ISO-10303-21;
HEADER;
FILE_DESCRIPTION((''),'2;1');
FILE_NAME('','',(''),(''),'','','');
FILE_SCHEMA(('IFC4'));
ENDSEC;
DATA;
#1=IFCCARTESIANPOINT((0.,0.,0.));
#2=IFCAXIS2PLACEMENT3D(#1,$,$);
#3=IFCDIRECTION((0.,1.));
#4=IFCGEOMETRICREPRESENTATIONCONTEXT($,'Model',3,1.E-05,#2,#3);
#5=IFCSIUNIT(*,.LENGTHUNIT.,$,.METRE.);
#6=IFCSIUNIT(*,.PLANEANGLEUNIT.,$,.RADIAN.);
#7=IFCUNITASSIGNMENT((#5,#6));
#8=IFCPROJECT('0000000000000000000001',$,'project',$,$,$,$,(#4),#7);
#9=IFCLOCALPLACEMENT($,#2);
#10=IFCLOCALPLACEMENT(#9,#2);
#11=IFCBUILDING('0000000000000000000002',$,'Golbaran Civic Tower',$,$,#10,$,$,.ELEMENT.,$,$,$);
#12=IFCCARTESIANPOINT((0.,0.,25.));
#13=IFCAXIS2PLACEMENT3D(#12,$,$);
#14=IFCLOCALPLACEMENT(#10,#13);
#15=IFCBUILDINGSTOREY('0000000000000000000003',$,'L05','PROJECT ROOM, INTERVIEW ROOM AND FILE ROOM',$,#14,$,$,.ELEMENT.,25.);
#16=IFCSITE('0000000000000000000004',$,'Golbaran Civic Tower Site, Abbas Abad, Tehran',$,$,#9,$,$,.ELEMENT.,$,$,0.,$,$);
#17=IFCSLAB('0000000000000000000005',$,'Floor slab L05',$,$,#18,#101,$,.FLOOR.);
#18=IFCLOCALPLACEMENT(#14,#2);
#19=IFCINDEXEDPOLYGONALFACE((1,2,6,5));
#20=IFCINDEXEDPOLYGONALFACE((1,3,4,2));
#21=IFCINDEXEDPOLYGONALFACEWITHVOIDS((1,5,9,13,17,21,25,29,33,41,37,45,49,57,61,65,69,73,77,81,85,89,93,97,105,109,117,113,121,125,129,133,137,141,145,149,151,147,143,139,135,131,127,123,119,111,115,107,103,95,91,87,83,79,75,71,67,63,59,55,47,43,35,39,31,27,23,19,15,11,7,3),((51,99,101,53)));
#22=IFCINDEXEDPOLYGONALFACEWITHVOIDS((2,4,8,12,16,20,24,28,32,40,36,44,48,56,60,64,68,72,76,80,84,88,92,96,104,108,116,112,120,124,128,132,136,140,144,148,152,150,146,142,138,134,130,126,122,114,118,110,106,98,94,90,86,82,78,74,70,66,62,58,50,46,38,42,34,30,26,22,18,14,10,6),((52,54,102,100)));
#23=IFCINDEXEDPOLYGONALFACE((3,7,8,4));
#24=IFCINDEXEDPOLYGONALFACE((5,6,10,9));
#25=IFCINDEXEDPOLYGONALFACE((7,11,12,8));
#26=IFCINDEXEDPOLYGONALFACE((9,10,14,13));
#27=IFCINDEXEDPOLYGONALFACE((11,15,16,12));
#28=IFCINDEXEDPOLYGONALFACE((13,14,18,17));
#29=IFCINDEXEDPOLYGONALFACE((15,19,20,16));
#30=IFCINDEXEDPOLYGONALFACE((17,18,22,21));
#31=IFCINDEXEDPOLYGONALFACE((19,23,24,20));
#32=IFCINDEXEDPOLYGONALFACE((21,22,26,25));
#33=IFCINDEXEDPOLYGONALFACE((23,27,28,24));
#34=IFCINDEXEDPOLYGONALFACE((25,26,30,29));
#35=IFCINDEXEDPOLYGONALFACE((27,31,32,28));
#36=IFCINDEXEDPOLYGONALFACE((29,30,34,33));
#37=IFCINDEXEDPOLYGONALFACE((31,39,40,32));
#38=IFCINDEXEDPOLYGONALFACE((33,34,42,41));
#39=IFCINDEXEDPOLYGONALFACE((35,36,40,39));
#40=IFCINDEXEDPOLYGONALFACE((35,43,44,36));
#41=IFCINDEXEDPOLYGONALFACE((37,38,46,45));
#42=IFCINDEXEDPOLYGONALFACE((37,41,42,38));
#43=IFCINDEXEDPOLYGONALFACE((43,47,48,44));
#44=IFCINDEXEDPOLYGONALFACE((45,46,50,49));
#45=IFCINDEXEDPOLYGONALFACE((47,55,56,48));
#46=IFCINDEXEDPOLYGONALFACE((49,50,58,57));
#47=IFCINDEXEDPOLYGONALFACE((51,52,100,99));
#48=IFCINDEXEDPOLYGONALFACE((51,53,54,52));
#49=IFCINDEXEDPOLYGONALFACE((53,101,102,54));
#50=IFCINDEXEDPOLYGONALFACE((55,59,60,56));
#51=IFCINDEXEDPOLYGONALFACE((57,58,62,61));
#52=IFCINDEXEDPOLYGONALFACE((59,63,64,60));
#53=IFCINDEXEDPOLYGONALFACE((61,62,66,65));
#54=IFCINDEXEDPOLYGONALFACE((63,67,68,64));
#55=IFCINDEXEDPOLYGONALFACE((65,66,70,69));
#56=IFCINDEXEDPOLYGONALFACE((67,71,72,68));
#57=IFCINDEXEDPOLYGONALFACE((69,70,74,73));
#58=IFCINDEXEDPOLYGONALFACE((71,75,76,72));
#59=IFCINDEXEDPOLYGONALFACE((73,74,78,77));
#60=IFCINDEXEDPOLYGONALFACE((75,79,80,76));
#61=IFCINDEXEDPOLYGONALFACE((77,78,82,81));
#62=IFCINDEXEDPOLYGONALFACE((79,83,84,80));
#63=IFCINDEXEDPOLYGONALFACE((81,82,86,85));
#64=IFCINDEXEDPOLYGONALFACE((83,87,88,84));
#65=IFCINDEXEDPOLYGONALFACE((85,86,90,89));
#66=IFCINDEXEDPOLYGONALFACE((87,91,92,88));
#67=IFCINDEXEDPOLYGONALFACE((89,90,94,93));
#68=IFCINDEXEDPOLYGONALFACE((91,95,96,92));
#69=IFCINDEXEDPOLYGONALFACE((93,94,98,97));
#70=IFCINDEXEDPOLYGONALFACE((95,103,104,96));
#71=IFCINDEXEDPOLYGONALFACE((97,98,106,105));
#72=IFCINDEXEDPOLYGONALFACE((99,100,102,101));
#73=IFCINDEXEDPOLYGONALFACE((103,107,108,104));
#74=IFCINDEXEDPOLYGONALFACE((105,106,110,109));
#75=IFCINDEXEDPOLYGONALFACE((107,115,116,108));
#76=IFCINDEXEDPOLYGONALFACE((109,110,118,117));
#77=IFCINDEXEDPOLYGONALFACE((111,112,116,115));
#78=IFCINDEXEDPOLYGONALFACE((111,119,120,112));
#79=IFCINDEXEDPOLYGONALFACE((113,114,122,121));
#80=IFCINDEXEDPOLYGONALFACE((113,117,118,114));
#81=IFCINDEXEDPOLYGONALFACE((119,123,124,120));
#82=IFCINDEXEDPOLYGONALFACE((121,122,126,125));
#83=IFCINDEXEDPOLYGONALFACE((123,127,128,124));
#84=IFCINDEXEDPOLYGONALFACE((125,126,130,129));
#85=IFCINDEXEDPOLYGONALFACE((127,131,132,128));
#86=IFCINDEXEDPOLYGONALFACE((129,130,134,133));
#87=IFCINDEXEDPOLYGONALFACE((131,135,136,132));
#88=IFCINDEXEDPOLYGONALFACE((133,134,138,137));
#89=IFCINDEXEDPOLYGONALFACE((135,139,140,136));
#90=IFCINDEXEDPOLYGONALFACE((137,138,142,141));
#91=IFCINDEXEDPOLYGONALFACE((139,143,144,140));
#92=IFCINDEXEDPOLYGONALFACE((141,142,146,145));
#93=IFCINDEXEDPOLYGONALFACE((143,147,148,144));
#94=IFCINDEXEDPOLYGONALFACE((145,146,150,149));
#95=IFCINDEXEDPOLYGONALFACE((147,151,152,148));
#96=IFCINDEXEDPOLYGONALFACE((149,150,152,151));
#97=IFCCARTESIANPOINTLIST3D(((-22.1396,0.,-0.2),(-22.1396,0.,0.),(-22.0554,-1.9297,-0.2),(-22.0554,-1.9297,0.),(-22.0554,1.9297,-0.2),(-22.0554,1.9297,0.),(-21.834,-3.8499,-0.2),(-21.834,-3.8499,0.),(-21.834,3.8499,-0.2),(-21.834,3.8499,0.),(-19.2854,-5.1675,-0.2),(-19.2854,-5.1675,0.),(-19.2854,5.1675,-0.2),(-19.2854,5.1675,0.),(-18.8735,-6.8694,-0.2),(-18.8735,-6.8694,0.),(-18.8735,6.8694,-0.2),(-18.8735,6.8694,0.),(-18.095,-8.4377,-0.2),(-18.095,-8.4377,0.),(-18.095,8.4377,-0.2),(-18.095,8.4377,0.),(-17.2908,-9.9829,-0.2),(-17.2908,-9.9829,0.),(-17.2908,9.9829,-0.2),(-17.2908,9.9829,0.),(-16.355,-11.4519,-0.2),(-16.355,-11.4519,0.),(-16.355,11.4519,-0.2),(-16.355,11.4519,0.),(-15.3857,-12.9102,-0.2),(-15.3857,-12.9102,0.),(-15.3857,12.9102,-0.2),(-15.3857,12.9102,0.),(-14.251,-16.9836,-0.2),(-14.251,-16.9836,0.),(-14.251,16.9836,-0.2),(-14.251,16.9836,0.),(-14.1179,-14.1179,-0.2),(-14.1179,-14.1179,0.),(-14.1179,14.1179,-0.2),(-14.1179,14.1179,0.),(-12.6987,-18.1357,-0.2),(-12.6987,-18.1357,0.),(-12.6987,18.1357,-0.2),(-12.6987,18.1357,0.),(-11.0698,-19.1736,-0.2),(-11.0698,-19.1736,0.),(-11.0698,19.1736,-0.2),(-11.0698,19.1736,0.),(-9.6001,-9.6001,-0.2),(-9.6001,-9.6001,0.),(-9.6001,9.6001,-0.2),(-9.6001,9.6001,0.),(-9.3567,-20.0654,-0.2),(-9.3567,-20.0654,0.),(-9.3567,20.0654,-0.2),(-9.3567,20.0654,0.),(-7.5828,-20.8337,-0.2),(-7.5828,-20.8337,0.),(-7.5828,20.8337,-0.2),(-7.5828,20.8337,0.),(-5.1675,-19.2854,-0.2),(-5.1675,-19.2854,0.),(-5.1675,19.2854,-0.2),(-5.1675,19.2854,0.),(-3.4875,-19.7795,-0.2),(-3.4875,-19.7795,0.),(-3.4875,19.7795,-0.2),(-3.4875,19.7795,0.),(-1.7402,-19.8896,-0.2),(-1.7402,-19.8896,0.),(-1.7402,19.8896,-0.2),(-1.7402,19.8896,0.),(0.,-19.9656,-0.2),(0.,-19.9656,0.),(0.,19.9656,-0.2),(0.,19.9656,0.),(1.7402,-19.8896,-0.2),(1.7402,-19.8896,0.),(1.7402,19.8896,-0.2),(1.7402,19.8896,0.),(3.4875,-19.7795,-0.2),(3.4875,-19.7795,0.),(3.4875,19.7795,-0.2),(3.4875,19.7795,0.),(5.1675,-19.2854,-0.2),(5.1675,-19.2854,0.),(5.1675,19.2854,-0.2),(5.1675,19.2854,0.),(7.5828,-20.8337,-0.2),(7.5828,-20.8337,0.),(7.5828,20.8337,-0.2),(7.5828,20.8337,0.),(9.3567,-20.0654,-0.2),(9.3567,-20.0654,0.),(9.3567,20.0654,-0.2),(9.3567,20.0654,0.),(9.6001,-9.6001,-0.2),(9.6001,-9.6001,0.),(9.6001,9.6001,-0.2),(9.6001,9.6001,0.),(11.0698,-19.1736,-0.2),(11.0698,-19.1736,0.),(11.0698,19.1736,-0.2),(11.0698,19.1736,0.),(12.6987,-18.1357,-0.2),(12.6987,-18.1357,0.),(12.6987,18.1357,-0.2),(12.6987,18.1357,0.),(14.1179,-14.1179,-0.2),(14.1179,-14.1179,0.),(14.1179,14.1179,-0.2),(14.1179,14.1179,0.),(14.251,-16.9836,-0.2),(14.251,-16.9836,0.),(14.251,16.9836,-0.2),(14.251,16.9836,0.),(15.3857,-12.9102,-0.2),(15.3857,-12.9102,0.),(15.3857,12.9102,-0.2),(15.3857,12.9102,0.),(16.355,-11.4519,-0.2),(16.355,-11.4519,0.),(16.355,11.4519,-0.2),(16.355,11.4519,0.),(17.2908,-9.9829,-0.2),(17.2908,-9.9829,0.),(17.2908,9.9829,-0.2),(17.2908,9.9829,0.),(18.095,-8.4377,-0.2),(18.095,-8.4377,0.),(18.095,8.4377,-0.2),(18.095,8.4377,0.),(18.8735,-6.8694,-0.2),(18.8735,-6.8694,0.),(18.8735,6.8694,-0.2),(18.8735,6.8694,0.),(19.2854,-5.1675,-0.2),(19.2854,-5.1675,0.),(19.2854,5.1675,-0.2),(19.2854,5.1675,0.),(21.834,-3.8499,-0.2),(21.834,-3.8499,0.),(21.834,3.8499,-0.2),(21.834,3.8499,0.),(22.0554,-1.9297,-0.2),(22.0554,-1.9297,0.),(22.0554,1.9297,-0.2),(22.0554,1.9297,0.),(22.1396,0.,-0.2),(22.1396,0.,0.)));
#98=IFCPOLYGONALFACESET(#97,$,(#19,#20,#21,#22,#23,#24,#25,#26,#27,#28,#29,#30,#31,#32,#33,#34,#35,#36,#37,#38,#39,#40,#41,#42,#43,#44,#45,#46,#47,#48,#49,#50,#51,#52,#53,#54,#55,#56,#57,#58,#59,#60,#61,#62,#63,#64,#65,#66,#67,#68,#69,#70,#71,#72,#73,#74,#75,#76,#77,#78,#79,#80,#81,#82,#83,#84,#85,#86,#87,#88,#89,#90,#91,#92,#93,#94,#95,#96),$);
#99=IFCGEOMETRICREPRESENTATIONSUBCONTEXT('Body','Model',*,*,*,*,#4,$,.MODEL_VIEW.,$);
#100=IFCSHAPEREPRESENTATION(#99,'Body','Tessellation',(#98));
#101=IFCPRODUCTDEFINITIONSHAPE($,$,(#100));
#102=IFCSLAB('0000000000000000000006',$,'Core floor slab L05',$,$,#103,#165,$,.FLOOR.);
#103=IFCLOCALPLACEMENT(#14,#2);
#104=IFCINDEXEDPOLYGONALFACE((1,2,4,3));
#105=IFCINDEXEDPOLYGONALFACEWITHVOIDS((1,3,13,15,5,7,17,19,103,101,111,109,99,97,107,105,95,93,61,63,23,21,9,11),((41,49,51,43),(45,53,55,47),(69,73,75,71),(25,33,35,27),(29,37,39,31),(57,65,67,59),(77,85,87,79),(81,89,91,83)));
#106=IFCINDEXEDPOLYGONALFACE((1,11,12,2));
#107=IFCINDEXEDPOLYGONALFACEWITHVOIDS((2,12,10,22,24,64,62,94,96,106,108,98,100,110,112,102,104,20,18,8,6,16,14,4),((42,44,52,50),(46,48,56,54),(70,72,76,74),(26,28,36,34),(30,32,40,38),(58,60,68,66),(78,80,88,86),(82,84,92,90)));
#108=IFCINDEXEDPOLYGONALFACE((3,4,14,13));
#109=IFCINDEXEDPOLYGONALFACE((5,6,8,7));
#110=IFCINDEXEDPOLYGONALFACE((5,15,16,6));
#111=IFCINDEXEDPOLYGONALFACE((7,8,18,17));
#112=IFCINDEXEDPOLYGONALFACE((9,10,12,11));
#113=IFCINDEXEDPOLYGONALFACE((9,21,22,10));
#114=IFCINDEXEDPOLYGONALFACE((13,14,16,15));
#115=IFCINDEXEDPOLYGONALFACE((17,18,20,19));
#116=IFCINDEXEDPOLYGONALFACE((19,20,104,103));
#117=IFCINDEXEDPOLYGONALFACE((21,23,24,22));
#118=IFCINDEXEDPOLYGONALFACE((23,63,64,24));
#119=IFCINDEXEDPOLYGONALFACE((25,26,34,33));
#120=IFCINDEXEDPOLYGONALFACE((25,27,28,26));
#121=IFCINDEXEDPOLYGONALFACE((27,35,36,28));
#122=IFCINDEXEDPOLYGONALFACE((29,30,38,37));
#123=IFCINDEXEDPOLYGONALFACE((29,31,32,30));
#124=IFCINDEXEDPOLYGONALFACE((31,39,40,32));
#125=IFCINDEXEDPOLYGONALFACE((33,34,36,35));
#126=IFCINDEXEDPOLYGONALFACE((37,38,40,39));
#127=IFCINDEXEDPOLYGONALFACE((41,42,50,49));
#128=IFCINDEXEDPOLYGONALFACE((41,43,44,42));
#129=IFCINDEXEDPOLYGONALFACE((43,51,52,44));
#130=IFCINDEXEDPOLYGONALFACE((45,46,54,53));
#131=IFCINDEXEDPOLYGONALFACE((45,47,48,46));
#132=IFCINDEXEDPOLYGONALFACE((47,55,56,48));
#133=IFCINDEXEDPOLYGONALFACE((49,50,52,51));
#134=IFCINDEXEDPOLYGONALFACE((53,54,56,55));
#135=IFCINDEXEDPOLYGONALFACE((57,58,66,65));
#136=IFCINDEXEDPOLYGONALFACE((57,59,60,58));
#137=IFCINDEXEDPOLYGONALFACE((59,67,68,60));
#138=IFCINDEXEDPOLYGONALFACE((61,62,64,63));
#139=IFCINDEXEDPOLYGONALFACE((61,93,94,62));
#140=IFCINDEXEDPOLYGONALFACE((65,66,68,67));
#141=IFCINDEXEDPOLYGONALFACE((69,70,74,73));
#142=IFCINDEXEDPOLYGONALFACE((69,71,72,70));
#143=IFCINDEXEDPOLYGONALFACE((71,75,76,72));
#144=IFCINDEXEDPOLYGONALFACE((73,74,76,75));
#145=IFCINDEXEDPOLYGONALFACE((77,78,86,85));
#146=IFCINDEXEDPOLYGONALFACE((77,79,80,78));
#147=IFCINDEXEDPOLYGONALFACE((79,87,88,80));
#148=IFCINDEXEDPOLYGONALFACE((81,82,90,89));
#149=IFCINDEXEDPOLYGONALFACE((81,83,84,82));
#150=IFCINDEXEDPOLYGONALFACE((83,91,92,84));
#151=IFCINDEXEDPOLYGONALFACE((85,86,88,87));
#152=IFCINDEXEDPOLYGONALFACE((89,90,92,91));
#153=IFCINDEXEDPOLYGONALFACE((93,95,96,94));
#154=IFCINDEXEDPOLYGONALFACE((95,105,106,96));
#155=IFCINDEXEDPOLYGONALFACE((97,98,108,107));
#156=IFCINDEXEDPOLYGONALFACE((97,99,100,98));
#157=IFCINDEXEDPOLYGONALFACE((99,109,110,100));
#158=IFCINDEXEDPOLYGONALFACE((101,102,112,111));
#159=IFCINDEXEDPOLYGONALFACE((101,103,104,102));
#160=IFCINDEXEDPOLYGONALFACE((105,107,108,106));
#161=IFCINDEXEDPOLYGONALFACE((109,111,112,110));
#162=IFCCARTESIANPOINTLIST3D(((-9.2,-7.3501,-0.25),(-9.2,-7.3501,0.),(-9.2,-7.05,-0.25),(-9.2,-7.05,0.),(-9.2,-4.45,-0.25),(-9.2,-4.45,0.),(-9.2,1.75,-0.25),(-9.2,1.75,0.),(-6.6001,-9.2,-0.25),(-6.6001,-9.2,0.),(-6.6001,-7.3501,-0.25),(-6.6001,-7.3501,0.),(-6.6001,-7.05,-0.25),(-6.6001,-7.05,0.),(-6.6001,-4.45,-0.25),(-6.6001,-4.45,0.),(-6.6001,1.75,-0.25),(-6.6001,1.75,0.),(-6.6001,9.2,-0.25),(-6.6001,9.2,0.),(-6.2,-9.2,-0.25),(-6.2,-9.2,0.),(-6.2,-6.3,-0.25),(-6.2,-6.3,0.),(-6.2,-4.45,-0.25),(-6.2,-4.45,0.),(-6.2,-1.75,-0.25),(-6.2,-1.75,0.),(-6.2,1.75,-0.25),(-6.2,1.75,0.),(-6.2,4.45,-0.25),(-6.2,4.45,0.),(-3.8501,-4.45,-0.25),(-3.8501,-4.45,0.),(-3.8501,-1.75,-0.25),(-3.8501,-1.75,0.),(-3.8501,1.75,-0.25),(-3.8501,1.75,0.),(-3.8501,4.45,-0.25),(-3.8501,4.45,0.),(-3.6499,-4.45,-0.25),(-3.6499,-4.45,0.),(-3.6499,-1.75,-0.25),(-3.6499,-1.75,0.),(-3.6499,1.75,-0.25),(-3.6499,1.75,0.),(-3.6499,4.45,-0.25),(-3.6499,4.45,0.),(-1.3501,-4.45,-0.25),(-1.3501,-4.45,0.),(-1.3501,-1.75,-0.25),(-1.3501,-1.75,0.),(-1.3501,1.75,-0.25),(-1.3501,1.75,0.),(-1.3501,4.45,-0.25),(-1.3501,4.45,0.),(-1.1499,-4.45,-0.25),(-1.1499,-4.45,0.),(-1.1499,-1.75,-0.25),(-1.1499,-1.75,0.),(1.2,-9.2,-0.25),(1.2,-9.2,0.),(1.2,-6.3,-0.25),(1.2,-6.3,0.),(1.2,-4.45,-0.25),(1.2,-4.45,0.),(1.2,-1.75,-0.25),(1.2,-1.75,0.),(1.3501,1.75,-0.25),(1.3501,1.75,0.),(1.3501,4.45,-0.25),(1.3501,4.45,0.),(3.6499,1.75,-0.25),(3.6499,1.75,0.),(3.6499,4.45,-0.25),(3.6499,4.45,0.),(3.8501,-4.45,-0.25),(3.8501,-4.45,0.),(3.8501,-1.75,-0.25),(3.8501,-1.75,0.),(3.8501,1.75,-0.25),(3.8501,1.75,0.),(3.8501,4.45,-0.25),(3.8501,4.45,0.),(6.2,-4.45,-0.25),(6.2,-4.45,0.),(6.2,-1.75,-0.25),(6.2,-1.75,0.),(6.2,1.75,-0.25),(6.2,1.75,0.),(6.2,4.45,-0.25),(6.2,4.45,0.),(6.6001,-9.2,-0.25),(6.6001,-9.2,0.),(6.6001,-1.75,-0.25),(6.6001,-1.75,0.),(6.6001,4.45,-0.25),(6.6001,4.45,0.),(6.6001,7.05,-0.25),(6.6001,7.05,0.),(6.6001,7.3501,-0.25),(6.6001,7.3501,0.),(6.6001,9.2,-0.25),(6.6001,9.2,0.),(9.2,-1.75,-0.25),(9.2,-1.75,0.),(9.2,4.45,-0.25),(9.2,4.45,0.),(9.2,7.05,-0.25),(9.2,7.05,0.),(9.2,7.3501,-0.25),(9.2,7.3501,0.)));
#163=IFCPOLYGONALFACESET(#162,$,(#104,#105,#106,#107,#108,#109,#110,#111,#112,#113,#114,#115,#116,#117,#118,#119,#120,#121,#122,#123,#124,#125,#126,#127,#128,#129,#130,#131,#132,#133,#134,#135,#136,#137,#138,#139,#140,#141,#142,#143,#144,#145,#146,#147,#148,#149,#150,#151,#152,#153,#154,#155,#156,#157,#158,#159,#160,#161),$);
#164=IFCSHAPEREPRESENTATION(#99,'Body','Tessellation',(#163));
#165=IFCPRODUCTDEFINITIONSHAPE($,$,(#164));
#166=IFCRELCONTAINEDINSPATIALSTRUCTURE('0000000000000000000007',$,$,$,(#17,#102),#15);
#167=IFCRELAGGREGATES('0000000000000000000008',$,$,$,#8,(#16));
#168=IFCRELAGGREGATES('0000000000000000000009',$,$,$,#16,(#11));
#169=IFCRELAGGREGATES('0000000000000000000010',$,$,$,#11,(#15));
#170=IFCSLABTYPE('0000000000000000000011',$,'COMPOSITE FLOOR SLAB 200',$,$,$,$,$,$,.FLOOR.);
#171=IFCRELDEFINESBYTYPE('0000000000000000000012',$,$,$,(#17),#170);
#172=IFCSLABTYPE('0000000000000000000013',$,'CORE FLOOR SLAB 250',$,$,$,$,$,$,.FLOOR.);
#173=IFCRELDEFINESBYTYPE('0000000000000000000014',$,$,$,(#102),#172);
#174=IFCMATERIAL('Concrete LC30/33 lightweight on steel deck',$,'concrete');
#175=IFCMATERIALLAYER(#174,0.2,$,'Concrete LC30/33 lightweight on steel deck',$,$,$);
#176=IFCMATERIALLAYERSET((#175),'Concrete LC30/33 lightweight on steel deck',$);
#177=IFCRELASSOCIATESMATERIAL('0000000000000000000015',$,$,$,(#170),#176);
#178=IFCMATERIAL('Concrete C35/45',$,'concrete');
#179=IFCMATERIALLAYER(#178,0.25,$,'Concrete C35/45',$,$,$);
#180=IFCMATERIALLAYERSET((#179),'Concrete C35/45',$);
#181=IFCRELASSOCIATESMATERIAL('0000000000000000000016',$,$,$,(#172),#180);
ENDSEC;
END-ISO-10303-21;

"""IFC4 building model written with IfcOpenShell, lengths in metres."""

from ifc_helpers import new_model, si_unit, direction, frame, origin, place, context, subcontext, project, spatial, polyline, outline, extrude, material, layer, layer_set, type_object, element, save


model = new_model("IFC4")

# Units and contexts
model_context = context("Model", 3, precision=1e-05, world=origin(), true_north=direction((0.0, 1.0)))
body_context = subcontext(model_context, "Body", "Model", "MODEL_VIEW")
ifc_project = project(units=[si_unit("LENGTHUNIT", "METRE"), si_unit("PLANEANGLEUNIT", "RADIAN")], contexts=[model_context])

# Site, building, storey
site_placement = place(None, origin())
site = spatial("IfcSite", under=ifc_project, at=site_placement, Name="Golbaran Civic Tower Site, Abbas Abad, Tehran", CompositionType="ELEMENT", RefElevation=0.0)
building_placement = place(site_placement, origin())
building = spatial("IfcBuilding", under=site, at=building_placement, Name="Golbaran Civic Tower", CompositionType="ELEMENT")
storey_placement = place(building_placement, frame((0.0, 0.0, 25.0)))
storey = spatial("IfcBuildingStorey", under=building, at=storey_placement, Name="L05", Description="PROJECT ROOM, INTERVIEW ROOM AND FILE ROOM", CompositionType="ELEMENT", Elevation=25.0)

# Slabs
ifc_material_1 = material(Name="Concrete LC30/33 lightweight on steel deck", Category="concrete")
ifc_layer_1 = layer(ifc_material_1, 0.2, Name="Concrete LC30/33 lightweight on steel deck")
ifc_layer_set_1 = layer_set([ifc_layer_1], Name="Concrete LC30/33 lightweight on steel deck")
slab_type_1 = type_object("IfcSlabType", Name="COMPOSITE FLOOR SLAB 200", PredefinedType="FLOOR", material=ifc_layer_set_1)
slab_1_placement = place(storey_placement, frame((0.0, 0.0, -0.2)))
element("IfcSlab", 1, at=slab_1_placement, inside=storey, type_object=slab_type_1, Name="Floor slab L05", PredefinedType="FLOOR", context=body_context, shape_type="SweptSolid", body=[
    extrude(outline(polyline([(21.834, -3.8499), (19.2854, -5.1675), (18.8735, -6.8694), (18.095, -8.4377), (17.2908, -9.9829), (16.355, -11.4519), (15.3857, -12.9102), (14.1179, -14.1179), (14.251, -16.9836), (12.6987, -18.1357), (11.0698, -19.1736), (9.3567, -20.0654), (7.5828, -20.8337), (5.1675, -19.2854), (3.4875, -19.7795), (1.7402, -19.8896), (0.0, -19.9656), (-1.7402, -19.8896), (-3.4875, -19.7795), (-5.1675, -19.2854), (-7.5828, -20.8337), (-9.3567, -20.0654), (-11.0698, -19.1736), (-12.6987, -18.1357), (-14.251, -16.9836), (-14.1179, -14.1179), (-15.3857, -12.9102), (-16.355, -11.4519), (-17.2908, -9.9829), (-18.095, -8.4377), (-18.8735, -6.8694), (-19.2854, -5.1675), (-21.834, -3.8499), (-22.0554, -1.9297), (-22.1396, 0.0), (-22.0554, 1.9297), (-21.834, 3.8499), (-19.2854, 5.1675), (-18.8735, 6.8694), (-18.095, 8.4377), (-17.2908, 9.9829), (-16.355, 11.4519), (-15.3857, 12.9102), (-14.1179, 14.1179), (-14.251, 16.9836), (-12.6987, 18.1357), (-11.0698, 19.1736), (-9.3567, 20.0654), (-7.5828, 20.8337), (-5.1675, 19.2854), (-3.4875, 19.7795), (-1.7402, 19.8896), (0.0, 19.9656), (1.7402, 19.8896), (3.4875, 19.7795), (5.1675, 19.2854), (7.5828, 20.8337), (9.3567, 20.0654), (11.0698, 19.1736), (12.6987, 18.1357), (14.251, 16.9836), (14.1179, 14.1179), (15.3857, 12.9102), (16.355, 11.4519), (17.2908, 9.9829), (18.095, 8.4377), (18.8735, 6.8694), (19.2854, 5.1675), (21.834, 3.8499), (22.0554, 1.9297), (22.1396, 0.0), (22.0554, -1.9297), (21.834, -3.8499)]), holes=[polyline([(-9.6001, 9.6001), (-9.6001, -9.6001), (9.6001, -9.6001), (9.6001, 9.6001), (-9.6001, 9.6001)])]), origin(), (0.0, 0.0, 1.0), 0.2),
])
ifc_material_2 = material(Name="Concrete C35/45", Category="concrete")
ifc_layer_2 = layer(ifc_material_2, 0.25, Name="Concrete C35/45")
ifc_layer_set_2 = layer_set([ifc_layer_2], Name="Concrete C35/45")
slab_type_2 = type_object("IfcSlabType", Name="CORE FLOOR SLAB 250", PredefinedType="FLOOR", material=ifc_layer_set_2)
slab_2_placement = place(storey_placement, frame((0.0, 0.0, -0.25)))
element("IfcSlab", 2, at=slab_2_placement, inside=storey, type_object=slab_type_2, Name="Core floor slab L05", PredefinedType="FLOOR", context=body_context, shape_type="SweptSolid", body=[
    extrude(outline(polyline([(6.6001, -1.75), (6.6001, -9.2), (1.2, -9.2), (1.2, -6.3), (-6.2, -6.3), (-6.2, -9.2), (-6.6001, -9.2), (-6.6001, -7.3501), (-9.2, -7.3501), (-9.2, -7.05), (-6.6001, -7.05), (-6.6001, -4.45), (-9.2, -4.45), (-9.2, 1.75), (-6.6001, 1.75), (-6.6001, 9.2), (6.6001, 9.2), (6.6001, 7.3501), (9.2, 7.3501), (9.2, 7.05), (6.6001, 7.05), (6.6001, 4.45), (9.2, 4.45), (9.2, -1.75), (6.6001, -1.75)]), holes=[polyline([(6.2, -1.75), (3.8501, -1.75), (3.8501, -4.45), (6.2, -4.45), (6.2, -1.75)]), polyline([(6.2, 4.45), (3.8501, 4.45), (3.8501, 1.75), (6.2, 1.75), (6.2, 4.45)]), polyline([(3.6499, 4.45), (1.3501, 4.45), (1.3501, 1.75), (3.6499, 1.75), (3.6499, 4.45)]), polyline([(1.2, -1.75), (-1.1499, -1.75), (-1.1499, -4.45), (1.2, -4.45), (1.2, -1.75)]), polyline([(-1.3501, 4.45), (-3.6499, 4.45), (-3.6499, 1.75), (-1.3501, 1.75), (-1.3501, 4.45)]), polyline([(-1.3501, -1.75), (-3.6499, -1.75), (-3.6499, -4.45), (-1.3501, -4.45), (-1.3501, -1.75)]), polyline([(-3.8501, -1.75), (-6.2, -1.75), (-6.2, -4.45), (-3.8501, -4.45), (-3.8501, -1.75)]), polyline([(-3.8501, 4.45), (-6.2, 4.45), (-6.2, 1.75), (-3.8501, 1.75), (-3.8501, 4.45)])]), origin(), (0.0, 0.0, 1.0), 0.25),
])

save(model, "model.ifc")
